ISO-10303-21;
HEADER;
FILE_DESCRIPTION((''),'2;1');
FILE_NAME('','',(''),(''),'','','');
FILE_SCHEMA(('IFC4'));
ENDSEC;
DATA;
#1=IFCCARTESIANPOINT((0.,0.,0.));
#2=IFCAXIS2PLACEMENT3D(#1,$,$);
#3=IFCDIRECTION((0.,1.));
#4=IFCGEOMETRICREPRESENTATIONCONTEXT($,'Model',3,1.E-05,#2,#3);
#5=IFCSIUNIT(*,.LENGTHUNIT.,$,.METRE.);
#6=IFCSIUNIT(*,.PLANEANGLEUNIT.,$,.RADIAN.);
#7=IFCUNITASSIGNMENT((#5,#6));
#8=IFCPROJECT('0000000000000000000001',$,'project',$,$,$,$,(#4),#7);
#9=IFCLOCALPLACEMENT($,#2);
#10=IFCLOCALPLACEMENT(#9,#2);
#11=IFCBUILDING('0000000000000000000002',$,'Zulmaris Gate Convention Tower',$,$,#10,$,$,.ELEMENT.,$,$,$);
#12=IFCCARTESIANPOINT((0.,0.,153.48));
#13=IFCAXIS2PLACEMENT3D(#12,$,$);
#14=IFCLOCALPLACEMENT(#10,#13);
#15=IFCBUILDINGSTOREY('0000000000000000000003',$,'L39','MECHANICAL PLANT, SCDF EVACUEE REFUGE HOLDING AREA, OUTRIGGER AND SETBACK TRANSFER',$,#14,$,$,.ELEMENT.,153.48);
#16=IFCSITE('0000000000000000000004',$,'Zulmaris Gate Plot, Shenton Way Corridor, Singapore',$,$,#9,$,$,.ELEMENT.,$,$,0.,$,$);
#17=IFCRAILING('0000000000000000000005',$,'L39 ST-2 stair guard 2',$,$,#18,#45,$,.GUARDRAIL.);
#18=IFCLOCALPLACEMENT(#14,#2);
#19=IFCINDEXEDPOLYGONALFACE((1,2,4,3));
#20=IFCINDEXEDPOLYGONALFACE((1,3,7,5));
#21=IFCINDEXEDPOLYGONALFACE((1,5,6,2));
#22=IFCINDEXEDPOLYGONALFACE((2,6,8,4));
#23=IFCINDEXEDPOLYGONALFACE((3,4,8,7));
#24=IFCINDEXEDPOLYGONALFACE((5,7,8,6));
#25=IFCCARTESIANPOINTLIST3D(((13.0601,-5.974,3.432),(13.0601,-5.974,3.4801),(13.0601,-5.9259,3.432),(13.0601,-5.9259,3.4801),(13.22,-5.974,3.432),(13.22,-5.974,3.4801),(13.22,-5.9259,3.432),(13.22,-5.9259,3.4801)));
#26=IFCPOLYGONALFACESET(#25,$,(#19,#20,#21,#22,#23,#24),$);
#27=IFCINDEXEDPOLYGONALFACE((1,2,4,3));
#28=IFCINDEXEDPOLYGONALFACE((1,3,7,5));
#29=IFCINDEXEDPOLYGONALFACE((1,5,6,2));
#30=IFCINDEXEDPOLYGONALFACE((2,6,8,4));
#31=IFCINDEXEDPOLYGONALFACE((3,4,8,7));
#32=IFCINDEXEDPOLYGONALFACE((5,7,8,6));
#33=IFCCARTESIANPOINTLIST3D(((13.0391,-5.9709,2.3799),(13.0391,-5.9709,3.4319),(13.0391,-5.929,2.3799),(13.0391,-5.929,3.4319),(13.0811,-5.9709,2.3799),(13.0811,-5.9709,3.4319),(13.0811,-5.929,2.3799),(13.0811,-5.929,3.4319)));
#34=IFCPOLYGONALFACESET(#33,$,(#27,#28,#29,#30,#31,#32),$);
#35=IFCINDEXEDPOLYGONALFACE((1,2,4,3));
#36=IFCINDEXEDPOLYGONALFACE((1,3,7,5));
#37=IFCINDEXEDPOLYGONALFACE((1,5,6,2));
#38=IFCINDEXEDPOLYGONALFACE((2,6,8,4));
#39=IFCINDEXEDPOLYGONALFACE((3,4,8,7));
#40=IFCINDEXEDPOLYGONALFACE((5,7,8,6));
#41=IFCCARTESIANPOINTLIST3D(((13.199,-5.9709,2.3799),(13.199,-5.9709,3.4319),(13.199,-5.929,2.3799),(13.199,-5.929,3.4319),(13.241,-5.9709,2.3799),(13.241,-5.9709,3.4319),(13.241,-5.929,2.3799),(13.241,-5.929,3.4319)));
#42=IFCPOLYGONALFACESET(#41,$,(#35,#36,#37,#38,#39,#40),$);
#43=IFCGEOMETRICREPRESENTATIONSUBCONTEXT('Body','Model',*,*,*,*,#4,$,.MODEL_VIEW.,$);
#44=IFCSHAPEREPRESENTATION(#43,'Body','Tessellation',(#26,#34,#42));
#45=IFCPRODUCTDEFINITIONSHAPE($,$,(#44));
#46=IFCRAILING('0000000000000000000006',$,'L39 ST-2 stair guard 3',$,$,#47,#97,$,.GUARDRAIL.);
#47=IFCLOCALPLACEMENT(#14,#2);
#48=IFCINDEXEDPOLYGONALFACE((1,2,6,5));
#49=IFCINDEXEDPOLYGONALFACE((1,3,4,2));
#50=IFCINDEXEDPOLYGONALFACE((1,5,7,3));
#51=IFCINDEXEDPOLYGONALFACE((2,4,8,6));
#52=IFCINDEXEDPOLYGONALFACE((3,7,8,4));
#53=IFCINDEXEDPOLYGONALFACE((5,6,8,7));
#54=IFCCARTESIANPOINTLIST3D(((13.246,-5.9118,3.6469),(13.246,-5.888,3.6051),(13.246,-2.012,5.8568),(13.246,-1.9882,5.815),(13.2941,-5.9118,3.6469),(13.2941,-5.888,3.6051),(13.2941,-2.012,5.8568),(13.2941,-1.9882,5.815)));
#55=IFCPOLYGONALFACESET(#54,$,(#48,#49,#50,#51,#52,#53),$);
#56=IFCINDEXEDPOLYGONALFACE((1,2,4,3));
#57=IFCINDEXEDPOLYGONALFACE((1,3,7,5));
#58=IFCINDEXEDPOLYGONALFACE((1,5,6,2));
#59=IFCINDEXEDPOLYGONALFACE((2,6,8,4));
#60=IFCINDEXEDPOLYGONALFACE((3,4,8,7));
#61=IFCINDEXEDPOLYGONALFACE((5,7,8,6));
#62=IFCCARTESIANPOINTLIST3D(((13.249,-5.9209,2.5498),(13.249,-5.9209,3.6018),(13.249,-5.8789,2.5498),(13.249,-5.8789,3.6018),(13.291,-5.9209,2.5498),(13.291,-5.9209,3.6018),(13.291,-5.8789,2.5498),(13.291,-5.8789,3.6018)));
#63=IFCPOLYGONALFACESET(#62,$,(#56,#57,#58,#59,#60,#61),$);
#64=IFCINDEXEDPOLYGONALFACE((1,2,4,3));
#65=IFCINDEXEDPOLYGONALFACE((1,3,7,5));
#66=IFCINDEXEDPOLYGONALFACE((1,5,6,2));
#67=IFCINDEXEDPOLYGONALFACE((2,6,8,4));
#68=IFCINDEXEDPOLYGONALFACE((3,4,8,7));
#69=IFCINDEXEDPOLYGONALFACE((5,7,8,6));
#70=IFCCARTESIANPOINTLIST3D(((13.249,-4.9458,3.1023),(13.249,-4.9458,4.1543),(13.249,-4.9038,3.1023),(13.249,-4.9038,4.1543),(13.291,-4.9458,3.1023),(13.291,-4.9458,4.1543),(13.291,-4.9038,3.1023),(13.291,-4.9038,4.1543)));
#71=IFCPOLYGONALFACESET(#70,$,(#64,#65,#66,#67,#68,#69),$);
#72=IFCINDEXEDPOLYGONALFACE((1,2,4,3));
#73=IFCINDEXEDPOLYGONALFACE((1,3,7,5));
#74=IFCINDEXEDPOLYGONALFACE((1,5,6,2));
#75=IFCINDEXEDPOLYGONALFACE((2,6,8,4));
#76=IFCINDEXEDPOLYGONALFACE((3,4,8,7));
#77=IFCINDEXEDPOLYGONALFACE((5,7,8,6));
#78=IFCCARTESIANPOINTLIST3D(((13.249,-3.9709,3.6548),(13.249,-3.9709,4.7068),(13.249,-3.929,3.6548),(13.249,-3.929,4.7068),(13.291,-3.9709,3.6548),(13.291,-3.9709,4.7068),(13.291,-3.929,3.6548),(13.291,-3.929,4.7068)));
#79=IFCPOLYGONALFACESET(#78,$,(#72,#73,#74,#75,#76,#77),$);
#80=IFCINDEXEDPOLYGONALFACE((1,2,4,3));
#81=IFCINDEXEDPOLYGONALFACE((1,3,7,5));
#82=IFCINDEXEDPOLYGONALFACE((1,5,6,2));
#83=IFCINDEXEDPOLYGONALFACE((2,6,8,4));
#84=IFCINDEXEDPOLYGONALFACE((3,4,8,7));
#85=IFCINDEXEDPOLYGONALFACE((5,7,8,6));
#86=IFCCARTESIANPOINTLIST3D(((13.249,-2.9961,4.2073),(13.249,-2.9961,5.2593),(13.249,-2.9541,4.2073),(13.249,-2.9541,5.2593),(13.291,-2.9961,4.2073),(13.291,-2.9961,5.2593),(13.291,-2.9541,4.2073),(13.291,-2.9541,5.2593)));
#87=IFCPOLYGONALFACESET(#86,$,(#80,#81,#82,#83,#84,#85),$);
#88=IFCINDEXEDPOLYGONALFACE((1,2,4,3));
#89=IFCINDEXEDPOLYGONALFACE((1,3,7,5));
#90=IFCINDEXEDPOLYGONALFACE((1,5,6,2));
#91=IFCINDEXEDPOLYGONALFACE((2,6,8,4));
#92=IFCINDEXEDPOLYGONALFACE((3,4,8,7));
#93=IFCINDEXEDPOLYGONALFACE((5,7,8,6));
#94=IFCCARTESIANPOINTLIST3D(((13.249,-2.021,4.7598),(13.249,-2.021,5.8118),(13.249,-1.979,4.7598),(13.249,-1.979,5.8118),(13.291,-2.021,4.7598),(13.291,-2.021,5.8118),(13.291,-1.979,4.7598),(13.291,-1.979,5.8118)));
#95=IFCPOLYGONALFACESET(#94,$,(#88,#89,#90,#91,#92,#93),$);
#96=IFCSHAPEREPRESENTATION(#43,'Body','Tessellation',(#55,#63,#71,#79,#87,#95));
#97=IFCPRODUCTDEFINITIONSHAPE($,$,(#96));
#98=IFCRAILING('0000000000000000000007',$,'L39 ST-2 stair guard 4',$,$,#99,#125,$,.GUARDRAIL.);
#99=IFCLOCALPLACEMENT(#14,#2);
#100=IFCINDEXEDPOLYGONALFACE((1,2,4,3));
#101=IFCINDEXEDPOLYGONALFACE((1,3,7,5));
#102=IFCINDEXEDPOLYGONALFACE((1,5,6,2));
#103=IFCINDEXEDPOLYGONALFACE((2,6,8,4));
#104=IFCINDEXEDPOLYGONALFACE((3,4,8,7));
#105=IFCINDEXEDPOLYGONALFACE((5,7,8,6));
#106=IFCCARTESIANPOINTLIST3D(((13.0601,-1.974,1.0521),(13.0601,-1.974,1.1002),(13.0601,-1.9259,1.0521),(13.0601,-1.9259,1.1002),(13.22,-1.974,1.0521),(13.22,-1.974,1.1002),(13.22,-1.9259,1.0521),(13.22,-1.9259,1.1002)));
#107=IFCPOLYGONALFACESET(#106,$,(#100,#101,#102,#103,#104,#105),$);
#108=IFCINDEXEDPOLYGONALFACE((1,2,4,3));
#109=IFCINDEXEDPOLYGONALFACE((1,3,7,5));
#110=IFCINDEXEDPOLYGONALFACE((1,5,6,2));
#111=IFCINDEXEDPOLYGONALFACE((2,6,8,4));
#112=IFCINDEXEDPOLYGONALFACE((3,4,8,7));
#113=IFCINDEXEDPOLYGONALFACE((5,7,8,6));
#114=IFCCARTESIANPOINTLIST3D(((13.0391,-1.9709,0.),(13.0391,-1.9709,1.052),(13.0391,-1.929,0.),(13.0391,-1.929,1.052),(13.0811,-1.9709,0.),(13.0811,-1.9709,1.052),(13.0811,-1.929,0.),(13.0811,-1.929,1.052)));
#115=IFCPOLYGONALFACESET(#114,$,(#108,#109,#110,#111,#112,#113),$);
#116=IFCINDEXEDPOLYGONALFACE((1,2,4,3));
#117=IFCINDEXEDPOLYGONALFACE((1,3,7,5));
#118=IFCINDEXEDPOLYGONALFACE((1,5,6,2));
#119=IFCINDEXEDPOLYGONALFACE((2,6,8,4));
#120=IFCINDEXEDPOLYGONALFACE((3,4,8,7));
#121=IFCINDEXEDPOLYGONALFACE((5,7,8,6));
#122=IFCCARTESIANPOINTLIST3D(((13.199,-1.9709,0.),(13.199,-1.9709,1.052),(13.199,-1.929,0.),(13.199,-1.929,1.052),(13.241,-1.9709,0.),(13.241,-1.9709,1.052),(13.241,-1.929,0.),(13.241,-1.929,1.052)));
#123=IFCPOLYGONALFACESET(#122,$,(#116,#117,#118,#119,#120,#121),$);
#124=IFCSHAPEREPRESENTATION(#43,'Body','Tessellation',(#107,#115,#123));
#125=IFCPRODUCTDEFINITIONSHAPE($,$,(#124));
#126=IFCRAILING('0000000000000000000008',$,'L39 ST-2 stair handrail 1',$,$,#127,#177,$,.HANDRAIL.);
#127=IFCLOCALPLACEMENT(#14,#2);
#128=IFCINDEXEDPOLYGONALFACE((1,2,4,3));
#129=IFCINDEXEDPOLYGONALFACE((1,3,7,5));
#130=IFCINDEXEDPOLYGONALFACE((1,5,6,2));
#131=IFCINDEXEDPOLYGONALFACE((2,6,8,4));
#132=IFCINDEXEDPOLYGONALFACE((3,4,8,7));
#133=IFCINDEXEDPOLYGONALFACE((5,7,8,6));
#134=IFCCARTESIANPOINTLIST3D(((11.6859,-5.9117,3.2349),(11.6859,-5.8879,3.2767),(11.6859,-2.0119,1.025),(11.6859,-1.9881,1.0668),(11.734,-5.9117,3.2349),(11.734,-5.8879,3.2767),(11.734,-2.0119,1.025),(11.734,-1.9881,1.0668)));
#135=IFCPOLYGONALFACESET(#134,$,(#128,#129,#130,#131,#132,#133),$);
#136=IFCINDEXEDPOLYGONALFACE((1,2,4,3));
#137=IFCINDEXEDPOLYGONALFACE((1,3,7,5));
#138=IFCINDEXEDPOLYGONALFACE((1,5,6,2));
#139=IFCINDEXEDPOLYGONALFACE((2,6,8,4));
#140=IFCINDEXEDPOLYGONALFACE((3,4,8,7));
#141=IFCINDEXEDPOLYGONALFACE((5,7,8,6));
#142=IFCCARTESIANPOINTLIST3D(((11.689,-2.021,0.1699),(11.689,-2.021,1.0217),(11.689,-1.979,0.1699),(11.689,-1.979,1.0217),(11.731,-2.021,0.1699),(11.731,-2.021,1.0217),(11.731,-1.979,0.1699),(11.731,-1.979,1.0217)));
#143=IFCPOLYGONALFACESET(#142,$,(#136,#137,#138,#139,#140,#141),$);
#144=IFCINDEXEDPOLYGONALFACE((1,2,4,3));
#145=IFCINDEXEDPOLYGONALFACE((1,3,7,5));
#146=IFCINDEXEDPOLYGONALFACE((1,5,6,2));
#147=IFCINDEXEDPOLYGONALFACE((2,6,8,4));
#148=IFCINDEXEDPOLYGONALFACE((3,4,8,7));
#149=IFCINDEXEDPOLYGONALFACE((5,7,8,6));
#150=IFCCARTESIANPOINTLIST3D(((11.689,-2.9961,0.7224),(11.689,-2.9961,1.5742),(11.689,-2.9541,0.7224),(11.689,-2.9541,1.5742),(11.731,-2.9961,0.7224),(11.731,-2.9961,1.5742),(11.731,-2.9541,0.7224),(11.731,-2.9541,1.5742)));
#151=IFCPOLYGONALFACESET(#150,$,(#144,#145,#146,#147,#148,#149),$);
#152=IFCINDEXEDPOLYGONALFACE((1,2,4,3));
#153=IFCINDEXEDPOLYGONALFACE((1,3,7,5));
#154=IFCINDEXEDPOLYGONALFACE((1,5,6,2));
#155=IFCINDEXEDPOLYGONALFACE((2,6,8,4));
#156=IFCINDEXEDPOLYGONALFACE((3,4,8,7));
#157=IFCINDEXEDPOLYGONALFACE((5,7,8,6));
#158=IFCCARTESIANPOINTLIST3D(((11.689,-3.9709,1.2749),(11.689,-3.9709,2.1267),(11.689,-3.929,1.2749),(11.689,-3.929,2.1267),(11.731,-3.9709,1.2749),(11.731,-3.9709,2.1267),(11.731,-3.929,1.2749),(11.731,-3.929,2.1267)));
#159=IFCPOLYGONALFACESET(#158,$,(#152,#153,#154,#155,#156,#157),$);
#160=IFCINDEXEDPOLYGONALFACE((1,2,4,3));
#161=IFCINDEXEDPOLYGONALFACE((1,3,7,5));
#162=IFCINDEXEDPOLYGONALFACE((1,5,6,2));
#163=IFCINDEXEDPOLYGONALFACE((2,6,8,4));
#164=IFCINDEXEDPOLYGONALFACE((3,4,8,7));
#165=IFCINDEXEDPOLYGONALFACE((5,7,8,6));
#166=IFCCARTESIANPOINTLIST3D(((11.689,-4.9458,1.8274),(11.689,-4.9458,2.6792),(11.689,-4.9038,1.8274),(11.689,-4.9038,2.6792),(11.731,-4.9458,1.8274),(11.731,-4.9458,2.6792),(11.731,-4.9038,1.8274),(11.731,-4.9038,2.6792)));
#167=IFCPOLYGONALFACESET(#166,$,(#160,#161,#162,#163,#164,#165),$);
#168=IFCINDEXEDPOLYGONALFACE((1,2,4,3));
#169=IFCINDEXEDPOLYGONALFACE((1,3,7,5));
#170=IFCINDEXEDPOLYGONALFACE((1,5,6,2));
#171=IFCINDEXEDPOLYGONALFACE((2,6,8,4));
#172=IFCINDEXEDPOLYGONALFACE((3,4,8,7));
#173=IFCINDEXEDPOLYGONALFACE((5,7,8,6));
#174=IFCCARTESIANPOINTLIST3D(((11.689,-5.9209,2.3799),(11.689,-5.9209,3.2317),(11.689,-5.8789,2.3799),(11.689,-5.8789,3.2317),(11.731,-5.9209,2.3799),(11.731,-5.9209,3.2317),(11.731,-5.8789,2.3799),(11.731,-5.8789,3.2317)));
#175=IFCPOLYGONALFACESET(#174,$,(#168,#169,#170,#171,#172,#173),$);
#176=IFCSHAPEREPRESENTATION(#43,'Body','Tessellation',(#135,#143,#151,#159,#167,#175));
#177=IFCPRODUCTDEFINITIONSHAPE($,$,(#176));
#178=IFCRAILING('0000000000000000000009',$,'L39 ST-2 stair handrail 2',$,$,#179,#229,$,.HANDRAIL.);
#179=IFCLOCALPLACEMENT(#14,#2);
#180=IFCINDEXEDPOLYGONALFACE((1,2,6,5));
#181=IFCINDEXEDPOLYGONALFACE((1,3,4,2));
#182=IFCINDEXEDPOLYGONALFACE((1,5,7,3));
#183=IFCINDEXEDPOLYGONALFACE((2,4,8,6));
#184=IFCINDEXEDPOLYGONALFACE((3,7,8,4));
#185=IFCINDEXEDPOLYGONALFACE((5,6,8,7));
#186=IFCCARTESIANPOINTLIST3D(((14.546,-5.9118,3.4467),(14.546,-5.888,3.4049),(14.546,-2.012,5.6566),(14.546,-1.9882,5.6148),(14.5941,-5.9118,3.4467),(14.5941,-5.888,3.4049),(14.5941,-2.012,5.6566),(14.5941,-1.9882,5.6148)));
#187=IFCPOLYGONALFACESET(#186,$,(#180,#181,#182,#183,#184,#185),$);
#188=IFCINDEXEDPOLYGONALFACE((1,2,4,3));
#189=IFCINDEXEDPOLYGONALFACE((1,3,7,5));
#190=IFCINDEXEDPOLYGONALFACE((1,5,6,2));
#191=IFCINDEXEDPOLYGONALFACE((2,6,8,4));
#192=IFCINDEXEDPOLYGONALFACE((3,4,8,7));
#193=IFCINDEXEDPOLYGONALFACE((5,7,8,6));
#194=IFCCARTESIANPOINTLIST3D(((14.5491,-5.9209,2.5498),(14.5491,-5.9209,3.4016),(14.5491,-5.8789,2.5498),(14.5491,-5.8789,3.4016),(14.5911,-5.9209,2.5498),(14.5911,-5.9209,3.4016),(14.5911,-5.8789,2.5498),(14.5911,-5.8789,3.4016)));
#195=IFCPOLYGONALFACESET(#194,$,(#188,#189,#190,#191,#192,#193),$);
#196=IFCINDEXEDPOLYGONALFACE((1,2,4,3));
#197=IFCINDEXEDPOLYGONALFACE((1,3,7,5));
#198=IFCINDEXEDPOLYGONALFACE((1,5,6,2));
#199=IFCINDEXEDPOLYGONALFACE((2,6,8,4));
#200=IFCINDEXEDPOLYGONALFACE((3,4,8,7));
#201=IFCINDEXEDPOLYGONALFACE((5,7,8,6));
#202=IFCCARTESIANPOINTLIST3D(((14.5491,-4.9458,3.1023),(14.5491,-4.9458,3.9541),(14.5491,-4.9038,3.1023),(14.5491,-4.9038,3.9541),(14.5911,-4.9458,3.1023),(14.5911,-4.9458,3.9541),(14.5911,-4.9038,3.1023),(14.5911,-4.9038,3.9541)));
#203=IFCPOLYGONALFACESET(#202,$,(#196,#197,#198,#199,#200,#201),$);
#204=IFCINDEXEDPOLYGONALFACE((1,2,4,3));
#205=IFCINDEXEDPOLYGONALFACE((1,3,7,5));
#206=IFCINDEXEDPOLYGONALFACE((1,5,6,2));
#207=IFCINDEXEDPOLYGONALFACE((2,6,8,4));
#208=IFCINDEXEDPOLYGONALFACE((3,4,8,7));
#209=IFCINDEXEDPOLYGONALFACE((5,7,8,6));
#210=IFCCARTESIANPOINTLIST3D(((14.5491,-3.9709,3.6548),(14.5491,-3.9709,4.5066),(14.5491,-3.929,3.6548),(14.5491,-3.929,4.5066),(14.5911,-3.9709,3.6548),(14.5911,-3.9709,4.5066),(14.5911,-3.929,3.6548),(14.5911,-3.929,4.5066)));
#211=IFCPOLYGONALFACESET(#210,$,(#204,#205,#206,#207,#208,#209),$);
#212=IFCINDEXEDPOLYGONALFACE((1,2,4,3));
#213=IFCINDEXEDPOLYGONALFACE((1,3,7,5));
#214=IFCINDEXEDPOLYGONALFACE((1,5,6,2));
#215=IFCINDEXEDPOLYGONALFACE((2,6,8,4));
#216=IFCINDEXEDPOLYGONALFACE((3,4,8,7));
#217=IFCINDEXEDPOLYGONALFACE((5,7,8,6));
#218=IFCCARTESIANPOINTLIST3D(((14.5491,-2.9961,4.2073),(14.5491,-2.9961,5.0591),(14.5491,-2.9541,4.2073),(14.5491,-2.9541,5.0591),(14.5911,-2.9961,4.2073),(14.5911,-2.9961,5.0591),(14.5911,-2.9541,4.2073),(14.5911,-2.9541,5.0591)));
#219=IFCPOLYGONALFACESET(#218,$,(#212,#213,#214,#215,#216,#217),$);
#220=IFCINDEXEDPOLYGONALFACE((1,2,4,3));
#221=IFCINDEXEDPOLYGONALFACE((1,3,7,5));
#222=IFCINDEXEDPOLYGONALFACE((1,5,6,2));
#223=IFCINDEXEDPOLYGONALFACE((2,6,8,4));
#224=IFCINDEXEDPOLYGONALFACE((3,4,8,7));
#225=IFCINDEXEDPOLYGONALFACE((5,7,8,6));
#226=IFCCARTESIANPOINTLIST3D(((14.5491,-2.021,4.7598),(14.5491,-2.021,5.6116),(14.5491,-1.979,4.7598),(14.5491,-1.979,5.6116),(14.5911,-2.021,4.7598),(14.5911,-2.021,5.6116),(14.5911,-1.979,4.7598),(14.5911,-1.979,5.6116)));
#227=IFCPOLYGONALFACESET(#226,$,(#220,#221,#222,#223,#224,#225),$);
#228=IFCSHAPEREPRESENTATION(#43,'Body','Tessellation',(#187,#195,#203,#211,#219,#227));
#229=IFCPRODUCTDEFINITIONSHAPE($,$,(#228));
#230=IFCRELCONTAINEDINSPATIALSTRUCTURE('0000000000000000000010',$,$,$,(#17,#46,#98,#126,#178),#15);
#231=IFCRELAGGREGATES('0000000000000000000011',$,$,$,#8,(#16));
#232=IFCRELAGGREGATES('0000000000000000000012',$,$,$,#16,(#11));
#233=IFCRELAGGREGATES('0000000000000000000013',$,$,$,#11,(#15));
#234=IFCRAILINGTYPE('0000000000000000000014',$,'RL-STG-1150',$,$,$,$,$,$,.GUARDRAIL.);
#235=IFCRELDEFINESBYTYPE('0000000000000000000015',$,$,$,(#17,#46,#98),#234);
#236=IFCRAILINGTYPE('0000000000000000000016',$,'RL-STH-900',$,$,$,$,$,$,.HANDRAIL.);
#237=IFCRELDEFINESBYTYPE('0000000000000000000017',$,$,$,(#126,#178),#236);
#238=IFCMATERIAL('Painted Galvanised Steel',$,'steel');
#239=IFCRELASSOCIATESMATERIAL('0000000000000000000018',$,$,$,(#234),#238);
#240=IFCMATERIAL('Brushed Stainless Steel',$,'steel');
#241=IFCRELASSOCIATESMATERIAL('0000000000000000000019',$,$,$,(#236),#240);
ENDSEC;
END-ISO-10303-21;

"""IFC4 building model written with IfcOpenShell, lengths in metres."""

from ifc_helpers import new_model, si_unit, direction, frame, origin, origin_2d, place, context, subcontext, project, spatial, rectangle, extrude, material, type_object, element, save


model = new_model("IFC4")

# Units and contexts
model_context = context("Model", 3, precision=1e-05, world=origin(), true_north=direction((0.0, 1.0)))
body_context = subcontext(model_context, "Body", "Model", "MODEL_VIEW")
ifc_project = project(units=[si_unit("LENGTHUNIT", "METRE"), si_unit("PLANEANGLEUNIT", "RADIAN")], contexts=[model_context])

# Site, building, storey
site_placement = place(None, origin())
site = spatial("IfcSite", under=ifc_project, at=site_placement, Name="Zulmaris Gate Plot, Shenton Way Corridor, Singapore", CompositionType="ELEMENT", RefElevation=0.0)
building_placement = place(site_placement, origin())
building = spatial("IfcBuilding", under=site, at=building_placement, Name="Zulmaris Gate Convention Tower", CompositionType="ELEMENT")
storey_placement = place(building_placement, frame((0.0, 0.0, 153.48)))
storey = spatial("IfcBuildingStorey", under=building, at=storey_placement, Name="L39", Description="MECHANICAL PLANT, SCDF EVACUEE REFUGE HOLDING AREA, OUTRIGGER AND SETBACK TRANSFER", CompositionType="ELEMENT", Elevation=153.48)

# Railings
ifc_material_1 = material(Name="Painted Galvanised Steel", Category="steel")
railing_type_1 = type_object("IfcRailingType", Name="RL-STG-1150", PredefinedType="GUARDRAIL", material=ifc_material_1)
railing_1_placement = place(storey_placement, frame((13.0601, -5.95, 2.3799)))
element("IfcRailing", 1, at=railing_1_placement, inside=storey, type_object=railing_type_1, Name="L39 ST-2 stair guard 2", PredefinedType="GUARDRAIL", context=body_context, shape_type="SweptSolid", body=[
    extrude(rectangle(XDim=0.0481, YDim=0.0481, at=origin_2d()), frame((0.0, 0.0, 1.0762), z_axis=(1.0, 0.0, 0.0), x_axis=(0.0, 1.0, 0.0)), (0.0, 0.0, 1.0), 0.1599),
    extrude(rectangle(XDim=0.042, YDim=0.042, at=origin_2d()), origin(), (0.0, 0.0, 1.0), 1.052),
    extrude(rectangle(XDim=0.042, YDim=0.042, at=origin_2d()), frame((0.1599, 0.0, 0.0)), (0.0, 0.0, 1.0), 1.052),
])
railing_2_placement = place(storey_placement, frame((13.27, -5.8999, 2.5498)))
element("IfcRailing", 2, at=railing_2_placement, inside=storey, type_object=railing_type_1, Name="L39 ST-2 stair guard 3", PredefinedType="GUARDRAIL", context=body_context, shape_type="SweptSolid", body=[
    extrude(rectangle(XDim=0.0481, YDim=0.0481, at=origin_2d()), frame((0.0, 0.0, 1.0762), z_axis=(0.0, 0.870021, 0.493015), x_axis=(-1.0, 0.0, 0.0)), (0.0, 0.0, 1.0), 4.4824),
    extrude(rectangle(XDim=0.042, YDim=0.042, at=origin_2d()), origin(), (0.0, 0.0, 1.0), 1.052),
    extrude(rectangle(XDim=0.042, YDim=0.042, at=origin_2d()), frame((0.0, 0.9751, 0.5525)), (0.0, 0.0, 1.0), 1.052),
    extrude(rectangle(XDim=0.042, YDim=0.042, at=origin_2d()), frame((0.0, 1.95, 1.105)), (0.0, 0.0, 1.0), 1.052),
    extrude(rectangle(XDim=0.042, YDim=0.042, at=origin_2d()), frame((0.0, 2.9248, 1.6575)), (0.0, 0.0, 1.0), 1.052),
    extrude(rectangle(XDim=0.042, YDim=0.042, at=origin_2d()), frame((0.0, 3.8999, 2.21)), (0.0, 0.0, 1.0), 1.052),
])
railing_3_placement = place(storey_placement, frame((13.0601, -1.95, 0.0)))
element("IfcRailing", 3, at=railing_3_placement, inside=storey, type_object=railing_type_1, Name="L39 ST-2 stair guard 4", PredefinedType="GUARDRAIL", context=body_context, shape_type="SweptSolid", body=[
    extrude(rectangle(XDim=0.0481, YDim=0.0481, at=origin_2d()), frame((0.0, 0.0, 1.0762), z_axis=(1.0, 0.0, 0.0), x_axis=(0.0, 1.0, 0.0)), (0.0, 0.0, 1.0), 0.1599),
    extrude(rectangle(XDim=0.042, YDim=0.042, at=origin_2d()), origin(), (0.0, 0.0, 1.0), 1.052),
    extrude(rectangle(XDim=0.042, YDim=0.042, at=origin_2d()), frame((0.1599, 0.0, 0.0)), (0.0, 0.0, 1.0), 1.052),
])
ifc_material_2 = material(Name="Brushed Stainless Steel", Category="steel")
railing_type_2 = type_object("IfcRailingType", Name="RL-STH-900", PredefinedType="HANDRAIL", material=ifc_material_2)
railing_4_placement = place(storey_placement, frame((11.71, -2.0, 0.1699)))
element("IfcRailing", 4, at=railing_4_placement, inside=storey, type_object=railing_type_2, Name="L39 ST-2 stair handrail 1", PredefinedType="HANDRAIL", context=body_context, shape_type="SweptSolid", body=[
    extrude(rectangle(XDim=0.0481, YDim=0.0481, at=origin_2d()), frame((0.0, 0.0, 0.876), z_axis=(0.0, -0.870021, 0.493015), x_axis=(1.0, 0.0, 0.0)), (0.0, 0.0, 1.0), 4.4824),
    extrude(rectangle(XDim=0.042, YDim=0.042, at=origin_2d()), origin(), (0.0, 0.0, 1.0), 0.8518),
    extrude(rectangle(XDim=0.042, YDim=0.042, at=origin_2d()), frame((0.0, -0.9751, 0.5525)), (0.0, 0.0, 1.0), 0.8518),
    extrude(rectangle(XDim=0.042, YDim=0.042, at=origin_2d()), frame((0.0, -1.95, 1.105)), (0.0, 0.0, 1.0), 0.8518),
    extrude(rectangle(XDim=0.042, YDim=0.042, at=origin_2d()), frame((0.0, -2.9248, 1.6575)), (0.0, 0.0, 1.0), 0.8518),
    extrude(rectangle(XDim=0.042, YDim=0.042, at=origin_2d()), frame((0.0, -3.8999, 2.21)), (0.0, 0.0, 1.0), 0.8518),
])
railing_5_placement = place(storey_placement, frame((14.5701, -5.8999, 2.5498)))
element("IfcRailing", 5, at=railing_5_placement, inside=storey, type_object=railing_type_2, Name="L39 ST-2 stair handrail 2", PredefinedType="HANDRAIL", context=body_context, shape_type="SweptSolid", body=[
    extrude(rectangle(XDim=0.0481, YDim=0.0481, at=origin_2d()), frame((0.0, 0.0, 0.876), z_axis=(0.0, 0.870021, 0.493015), x_axis=(-1.0, 0.0, 0.0)), (0.0, 0.0, 1.0), 4.4824),
    extrude(rectangle(XDim=0.042, YDim=0.042, at=origin_2d()), origin(), (0.0, 0.0, 1.0), 0.8518),
    extrude(rectangle(XDim=0.042, YDim=0.042, at=origin_2d()), frame((0.0, 0.9751, 0.5525)), (0.0, 0.0, 1.0), 0.8518),
    extrude(rectangle(XDim=0.042, YDim=0.042, at=origin_2d()), frame((0.0, 1.95, 1.105)), (0.0, 0.0, 1.0), 0.8518),
    extrude(rectangle(XDim=0.042, YDim=0.042, at=origin_2d()), frame((0.0, 2.9248, 1.6575)), (0.0, 0.0, 1.0), 0.8518),
    extrude(rectangle(XDim=0.042, YDim=0.042, at=origin_2d()), frame((0.0, 3.8999, 2.21)), (0.0, 0.0, 1.0), 0.8518),
])

save(model, "model.ifc")
